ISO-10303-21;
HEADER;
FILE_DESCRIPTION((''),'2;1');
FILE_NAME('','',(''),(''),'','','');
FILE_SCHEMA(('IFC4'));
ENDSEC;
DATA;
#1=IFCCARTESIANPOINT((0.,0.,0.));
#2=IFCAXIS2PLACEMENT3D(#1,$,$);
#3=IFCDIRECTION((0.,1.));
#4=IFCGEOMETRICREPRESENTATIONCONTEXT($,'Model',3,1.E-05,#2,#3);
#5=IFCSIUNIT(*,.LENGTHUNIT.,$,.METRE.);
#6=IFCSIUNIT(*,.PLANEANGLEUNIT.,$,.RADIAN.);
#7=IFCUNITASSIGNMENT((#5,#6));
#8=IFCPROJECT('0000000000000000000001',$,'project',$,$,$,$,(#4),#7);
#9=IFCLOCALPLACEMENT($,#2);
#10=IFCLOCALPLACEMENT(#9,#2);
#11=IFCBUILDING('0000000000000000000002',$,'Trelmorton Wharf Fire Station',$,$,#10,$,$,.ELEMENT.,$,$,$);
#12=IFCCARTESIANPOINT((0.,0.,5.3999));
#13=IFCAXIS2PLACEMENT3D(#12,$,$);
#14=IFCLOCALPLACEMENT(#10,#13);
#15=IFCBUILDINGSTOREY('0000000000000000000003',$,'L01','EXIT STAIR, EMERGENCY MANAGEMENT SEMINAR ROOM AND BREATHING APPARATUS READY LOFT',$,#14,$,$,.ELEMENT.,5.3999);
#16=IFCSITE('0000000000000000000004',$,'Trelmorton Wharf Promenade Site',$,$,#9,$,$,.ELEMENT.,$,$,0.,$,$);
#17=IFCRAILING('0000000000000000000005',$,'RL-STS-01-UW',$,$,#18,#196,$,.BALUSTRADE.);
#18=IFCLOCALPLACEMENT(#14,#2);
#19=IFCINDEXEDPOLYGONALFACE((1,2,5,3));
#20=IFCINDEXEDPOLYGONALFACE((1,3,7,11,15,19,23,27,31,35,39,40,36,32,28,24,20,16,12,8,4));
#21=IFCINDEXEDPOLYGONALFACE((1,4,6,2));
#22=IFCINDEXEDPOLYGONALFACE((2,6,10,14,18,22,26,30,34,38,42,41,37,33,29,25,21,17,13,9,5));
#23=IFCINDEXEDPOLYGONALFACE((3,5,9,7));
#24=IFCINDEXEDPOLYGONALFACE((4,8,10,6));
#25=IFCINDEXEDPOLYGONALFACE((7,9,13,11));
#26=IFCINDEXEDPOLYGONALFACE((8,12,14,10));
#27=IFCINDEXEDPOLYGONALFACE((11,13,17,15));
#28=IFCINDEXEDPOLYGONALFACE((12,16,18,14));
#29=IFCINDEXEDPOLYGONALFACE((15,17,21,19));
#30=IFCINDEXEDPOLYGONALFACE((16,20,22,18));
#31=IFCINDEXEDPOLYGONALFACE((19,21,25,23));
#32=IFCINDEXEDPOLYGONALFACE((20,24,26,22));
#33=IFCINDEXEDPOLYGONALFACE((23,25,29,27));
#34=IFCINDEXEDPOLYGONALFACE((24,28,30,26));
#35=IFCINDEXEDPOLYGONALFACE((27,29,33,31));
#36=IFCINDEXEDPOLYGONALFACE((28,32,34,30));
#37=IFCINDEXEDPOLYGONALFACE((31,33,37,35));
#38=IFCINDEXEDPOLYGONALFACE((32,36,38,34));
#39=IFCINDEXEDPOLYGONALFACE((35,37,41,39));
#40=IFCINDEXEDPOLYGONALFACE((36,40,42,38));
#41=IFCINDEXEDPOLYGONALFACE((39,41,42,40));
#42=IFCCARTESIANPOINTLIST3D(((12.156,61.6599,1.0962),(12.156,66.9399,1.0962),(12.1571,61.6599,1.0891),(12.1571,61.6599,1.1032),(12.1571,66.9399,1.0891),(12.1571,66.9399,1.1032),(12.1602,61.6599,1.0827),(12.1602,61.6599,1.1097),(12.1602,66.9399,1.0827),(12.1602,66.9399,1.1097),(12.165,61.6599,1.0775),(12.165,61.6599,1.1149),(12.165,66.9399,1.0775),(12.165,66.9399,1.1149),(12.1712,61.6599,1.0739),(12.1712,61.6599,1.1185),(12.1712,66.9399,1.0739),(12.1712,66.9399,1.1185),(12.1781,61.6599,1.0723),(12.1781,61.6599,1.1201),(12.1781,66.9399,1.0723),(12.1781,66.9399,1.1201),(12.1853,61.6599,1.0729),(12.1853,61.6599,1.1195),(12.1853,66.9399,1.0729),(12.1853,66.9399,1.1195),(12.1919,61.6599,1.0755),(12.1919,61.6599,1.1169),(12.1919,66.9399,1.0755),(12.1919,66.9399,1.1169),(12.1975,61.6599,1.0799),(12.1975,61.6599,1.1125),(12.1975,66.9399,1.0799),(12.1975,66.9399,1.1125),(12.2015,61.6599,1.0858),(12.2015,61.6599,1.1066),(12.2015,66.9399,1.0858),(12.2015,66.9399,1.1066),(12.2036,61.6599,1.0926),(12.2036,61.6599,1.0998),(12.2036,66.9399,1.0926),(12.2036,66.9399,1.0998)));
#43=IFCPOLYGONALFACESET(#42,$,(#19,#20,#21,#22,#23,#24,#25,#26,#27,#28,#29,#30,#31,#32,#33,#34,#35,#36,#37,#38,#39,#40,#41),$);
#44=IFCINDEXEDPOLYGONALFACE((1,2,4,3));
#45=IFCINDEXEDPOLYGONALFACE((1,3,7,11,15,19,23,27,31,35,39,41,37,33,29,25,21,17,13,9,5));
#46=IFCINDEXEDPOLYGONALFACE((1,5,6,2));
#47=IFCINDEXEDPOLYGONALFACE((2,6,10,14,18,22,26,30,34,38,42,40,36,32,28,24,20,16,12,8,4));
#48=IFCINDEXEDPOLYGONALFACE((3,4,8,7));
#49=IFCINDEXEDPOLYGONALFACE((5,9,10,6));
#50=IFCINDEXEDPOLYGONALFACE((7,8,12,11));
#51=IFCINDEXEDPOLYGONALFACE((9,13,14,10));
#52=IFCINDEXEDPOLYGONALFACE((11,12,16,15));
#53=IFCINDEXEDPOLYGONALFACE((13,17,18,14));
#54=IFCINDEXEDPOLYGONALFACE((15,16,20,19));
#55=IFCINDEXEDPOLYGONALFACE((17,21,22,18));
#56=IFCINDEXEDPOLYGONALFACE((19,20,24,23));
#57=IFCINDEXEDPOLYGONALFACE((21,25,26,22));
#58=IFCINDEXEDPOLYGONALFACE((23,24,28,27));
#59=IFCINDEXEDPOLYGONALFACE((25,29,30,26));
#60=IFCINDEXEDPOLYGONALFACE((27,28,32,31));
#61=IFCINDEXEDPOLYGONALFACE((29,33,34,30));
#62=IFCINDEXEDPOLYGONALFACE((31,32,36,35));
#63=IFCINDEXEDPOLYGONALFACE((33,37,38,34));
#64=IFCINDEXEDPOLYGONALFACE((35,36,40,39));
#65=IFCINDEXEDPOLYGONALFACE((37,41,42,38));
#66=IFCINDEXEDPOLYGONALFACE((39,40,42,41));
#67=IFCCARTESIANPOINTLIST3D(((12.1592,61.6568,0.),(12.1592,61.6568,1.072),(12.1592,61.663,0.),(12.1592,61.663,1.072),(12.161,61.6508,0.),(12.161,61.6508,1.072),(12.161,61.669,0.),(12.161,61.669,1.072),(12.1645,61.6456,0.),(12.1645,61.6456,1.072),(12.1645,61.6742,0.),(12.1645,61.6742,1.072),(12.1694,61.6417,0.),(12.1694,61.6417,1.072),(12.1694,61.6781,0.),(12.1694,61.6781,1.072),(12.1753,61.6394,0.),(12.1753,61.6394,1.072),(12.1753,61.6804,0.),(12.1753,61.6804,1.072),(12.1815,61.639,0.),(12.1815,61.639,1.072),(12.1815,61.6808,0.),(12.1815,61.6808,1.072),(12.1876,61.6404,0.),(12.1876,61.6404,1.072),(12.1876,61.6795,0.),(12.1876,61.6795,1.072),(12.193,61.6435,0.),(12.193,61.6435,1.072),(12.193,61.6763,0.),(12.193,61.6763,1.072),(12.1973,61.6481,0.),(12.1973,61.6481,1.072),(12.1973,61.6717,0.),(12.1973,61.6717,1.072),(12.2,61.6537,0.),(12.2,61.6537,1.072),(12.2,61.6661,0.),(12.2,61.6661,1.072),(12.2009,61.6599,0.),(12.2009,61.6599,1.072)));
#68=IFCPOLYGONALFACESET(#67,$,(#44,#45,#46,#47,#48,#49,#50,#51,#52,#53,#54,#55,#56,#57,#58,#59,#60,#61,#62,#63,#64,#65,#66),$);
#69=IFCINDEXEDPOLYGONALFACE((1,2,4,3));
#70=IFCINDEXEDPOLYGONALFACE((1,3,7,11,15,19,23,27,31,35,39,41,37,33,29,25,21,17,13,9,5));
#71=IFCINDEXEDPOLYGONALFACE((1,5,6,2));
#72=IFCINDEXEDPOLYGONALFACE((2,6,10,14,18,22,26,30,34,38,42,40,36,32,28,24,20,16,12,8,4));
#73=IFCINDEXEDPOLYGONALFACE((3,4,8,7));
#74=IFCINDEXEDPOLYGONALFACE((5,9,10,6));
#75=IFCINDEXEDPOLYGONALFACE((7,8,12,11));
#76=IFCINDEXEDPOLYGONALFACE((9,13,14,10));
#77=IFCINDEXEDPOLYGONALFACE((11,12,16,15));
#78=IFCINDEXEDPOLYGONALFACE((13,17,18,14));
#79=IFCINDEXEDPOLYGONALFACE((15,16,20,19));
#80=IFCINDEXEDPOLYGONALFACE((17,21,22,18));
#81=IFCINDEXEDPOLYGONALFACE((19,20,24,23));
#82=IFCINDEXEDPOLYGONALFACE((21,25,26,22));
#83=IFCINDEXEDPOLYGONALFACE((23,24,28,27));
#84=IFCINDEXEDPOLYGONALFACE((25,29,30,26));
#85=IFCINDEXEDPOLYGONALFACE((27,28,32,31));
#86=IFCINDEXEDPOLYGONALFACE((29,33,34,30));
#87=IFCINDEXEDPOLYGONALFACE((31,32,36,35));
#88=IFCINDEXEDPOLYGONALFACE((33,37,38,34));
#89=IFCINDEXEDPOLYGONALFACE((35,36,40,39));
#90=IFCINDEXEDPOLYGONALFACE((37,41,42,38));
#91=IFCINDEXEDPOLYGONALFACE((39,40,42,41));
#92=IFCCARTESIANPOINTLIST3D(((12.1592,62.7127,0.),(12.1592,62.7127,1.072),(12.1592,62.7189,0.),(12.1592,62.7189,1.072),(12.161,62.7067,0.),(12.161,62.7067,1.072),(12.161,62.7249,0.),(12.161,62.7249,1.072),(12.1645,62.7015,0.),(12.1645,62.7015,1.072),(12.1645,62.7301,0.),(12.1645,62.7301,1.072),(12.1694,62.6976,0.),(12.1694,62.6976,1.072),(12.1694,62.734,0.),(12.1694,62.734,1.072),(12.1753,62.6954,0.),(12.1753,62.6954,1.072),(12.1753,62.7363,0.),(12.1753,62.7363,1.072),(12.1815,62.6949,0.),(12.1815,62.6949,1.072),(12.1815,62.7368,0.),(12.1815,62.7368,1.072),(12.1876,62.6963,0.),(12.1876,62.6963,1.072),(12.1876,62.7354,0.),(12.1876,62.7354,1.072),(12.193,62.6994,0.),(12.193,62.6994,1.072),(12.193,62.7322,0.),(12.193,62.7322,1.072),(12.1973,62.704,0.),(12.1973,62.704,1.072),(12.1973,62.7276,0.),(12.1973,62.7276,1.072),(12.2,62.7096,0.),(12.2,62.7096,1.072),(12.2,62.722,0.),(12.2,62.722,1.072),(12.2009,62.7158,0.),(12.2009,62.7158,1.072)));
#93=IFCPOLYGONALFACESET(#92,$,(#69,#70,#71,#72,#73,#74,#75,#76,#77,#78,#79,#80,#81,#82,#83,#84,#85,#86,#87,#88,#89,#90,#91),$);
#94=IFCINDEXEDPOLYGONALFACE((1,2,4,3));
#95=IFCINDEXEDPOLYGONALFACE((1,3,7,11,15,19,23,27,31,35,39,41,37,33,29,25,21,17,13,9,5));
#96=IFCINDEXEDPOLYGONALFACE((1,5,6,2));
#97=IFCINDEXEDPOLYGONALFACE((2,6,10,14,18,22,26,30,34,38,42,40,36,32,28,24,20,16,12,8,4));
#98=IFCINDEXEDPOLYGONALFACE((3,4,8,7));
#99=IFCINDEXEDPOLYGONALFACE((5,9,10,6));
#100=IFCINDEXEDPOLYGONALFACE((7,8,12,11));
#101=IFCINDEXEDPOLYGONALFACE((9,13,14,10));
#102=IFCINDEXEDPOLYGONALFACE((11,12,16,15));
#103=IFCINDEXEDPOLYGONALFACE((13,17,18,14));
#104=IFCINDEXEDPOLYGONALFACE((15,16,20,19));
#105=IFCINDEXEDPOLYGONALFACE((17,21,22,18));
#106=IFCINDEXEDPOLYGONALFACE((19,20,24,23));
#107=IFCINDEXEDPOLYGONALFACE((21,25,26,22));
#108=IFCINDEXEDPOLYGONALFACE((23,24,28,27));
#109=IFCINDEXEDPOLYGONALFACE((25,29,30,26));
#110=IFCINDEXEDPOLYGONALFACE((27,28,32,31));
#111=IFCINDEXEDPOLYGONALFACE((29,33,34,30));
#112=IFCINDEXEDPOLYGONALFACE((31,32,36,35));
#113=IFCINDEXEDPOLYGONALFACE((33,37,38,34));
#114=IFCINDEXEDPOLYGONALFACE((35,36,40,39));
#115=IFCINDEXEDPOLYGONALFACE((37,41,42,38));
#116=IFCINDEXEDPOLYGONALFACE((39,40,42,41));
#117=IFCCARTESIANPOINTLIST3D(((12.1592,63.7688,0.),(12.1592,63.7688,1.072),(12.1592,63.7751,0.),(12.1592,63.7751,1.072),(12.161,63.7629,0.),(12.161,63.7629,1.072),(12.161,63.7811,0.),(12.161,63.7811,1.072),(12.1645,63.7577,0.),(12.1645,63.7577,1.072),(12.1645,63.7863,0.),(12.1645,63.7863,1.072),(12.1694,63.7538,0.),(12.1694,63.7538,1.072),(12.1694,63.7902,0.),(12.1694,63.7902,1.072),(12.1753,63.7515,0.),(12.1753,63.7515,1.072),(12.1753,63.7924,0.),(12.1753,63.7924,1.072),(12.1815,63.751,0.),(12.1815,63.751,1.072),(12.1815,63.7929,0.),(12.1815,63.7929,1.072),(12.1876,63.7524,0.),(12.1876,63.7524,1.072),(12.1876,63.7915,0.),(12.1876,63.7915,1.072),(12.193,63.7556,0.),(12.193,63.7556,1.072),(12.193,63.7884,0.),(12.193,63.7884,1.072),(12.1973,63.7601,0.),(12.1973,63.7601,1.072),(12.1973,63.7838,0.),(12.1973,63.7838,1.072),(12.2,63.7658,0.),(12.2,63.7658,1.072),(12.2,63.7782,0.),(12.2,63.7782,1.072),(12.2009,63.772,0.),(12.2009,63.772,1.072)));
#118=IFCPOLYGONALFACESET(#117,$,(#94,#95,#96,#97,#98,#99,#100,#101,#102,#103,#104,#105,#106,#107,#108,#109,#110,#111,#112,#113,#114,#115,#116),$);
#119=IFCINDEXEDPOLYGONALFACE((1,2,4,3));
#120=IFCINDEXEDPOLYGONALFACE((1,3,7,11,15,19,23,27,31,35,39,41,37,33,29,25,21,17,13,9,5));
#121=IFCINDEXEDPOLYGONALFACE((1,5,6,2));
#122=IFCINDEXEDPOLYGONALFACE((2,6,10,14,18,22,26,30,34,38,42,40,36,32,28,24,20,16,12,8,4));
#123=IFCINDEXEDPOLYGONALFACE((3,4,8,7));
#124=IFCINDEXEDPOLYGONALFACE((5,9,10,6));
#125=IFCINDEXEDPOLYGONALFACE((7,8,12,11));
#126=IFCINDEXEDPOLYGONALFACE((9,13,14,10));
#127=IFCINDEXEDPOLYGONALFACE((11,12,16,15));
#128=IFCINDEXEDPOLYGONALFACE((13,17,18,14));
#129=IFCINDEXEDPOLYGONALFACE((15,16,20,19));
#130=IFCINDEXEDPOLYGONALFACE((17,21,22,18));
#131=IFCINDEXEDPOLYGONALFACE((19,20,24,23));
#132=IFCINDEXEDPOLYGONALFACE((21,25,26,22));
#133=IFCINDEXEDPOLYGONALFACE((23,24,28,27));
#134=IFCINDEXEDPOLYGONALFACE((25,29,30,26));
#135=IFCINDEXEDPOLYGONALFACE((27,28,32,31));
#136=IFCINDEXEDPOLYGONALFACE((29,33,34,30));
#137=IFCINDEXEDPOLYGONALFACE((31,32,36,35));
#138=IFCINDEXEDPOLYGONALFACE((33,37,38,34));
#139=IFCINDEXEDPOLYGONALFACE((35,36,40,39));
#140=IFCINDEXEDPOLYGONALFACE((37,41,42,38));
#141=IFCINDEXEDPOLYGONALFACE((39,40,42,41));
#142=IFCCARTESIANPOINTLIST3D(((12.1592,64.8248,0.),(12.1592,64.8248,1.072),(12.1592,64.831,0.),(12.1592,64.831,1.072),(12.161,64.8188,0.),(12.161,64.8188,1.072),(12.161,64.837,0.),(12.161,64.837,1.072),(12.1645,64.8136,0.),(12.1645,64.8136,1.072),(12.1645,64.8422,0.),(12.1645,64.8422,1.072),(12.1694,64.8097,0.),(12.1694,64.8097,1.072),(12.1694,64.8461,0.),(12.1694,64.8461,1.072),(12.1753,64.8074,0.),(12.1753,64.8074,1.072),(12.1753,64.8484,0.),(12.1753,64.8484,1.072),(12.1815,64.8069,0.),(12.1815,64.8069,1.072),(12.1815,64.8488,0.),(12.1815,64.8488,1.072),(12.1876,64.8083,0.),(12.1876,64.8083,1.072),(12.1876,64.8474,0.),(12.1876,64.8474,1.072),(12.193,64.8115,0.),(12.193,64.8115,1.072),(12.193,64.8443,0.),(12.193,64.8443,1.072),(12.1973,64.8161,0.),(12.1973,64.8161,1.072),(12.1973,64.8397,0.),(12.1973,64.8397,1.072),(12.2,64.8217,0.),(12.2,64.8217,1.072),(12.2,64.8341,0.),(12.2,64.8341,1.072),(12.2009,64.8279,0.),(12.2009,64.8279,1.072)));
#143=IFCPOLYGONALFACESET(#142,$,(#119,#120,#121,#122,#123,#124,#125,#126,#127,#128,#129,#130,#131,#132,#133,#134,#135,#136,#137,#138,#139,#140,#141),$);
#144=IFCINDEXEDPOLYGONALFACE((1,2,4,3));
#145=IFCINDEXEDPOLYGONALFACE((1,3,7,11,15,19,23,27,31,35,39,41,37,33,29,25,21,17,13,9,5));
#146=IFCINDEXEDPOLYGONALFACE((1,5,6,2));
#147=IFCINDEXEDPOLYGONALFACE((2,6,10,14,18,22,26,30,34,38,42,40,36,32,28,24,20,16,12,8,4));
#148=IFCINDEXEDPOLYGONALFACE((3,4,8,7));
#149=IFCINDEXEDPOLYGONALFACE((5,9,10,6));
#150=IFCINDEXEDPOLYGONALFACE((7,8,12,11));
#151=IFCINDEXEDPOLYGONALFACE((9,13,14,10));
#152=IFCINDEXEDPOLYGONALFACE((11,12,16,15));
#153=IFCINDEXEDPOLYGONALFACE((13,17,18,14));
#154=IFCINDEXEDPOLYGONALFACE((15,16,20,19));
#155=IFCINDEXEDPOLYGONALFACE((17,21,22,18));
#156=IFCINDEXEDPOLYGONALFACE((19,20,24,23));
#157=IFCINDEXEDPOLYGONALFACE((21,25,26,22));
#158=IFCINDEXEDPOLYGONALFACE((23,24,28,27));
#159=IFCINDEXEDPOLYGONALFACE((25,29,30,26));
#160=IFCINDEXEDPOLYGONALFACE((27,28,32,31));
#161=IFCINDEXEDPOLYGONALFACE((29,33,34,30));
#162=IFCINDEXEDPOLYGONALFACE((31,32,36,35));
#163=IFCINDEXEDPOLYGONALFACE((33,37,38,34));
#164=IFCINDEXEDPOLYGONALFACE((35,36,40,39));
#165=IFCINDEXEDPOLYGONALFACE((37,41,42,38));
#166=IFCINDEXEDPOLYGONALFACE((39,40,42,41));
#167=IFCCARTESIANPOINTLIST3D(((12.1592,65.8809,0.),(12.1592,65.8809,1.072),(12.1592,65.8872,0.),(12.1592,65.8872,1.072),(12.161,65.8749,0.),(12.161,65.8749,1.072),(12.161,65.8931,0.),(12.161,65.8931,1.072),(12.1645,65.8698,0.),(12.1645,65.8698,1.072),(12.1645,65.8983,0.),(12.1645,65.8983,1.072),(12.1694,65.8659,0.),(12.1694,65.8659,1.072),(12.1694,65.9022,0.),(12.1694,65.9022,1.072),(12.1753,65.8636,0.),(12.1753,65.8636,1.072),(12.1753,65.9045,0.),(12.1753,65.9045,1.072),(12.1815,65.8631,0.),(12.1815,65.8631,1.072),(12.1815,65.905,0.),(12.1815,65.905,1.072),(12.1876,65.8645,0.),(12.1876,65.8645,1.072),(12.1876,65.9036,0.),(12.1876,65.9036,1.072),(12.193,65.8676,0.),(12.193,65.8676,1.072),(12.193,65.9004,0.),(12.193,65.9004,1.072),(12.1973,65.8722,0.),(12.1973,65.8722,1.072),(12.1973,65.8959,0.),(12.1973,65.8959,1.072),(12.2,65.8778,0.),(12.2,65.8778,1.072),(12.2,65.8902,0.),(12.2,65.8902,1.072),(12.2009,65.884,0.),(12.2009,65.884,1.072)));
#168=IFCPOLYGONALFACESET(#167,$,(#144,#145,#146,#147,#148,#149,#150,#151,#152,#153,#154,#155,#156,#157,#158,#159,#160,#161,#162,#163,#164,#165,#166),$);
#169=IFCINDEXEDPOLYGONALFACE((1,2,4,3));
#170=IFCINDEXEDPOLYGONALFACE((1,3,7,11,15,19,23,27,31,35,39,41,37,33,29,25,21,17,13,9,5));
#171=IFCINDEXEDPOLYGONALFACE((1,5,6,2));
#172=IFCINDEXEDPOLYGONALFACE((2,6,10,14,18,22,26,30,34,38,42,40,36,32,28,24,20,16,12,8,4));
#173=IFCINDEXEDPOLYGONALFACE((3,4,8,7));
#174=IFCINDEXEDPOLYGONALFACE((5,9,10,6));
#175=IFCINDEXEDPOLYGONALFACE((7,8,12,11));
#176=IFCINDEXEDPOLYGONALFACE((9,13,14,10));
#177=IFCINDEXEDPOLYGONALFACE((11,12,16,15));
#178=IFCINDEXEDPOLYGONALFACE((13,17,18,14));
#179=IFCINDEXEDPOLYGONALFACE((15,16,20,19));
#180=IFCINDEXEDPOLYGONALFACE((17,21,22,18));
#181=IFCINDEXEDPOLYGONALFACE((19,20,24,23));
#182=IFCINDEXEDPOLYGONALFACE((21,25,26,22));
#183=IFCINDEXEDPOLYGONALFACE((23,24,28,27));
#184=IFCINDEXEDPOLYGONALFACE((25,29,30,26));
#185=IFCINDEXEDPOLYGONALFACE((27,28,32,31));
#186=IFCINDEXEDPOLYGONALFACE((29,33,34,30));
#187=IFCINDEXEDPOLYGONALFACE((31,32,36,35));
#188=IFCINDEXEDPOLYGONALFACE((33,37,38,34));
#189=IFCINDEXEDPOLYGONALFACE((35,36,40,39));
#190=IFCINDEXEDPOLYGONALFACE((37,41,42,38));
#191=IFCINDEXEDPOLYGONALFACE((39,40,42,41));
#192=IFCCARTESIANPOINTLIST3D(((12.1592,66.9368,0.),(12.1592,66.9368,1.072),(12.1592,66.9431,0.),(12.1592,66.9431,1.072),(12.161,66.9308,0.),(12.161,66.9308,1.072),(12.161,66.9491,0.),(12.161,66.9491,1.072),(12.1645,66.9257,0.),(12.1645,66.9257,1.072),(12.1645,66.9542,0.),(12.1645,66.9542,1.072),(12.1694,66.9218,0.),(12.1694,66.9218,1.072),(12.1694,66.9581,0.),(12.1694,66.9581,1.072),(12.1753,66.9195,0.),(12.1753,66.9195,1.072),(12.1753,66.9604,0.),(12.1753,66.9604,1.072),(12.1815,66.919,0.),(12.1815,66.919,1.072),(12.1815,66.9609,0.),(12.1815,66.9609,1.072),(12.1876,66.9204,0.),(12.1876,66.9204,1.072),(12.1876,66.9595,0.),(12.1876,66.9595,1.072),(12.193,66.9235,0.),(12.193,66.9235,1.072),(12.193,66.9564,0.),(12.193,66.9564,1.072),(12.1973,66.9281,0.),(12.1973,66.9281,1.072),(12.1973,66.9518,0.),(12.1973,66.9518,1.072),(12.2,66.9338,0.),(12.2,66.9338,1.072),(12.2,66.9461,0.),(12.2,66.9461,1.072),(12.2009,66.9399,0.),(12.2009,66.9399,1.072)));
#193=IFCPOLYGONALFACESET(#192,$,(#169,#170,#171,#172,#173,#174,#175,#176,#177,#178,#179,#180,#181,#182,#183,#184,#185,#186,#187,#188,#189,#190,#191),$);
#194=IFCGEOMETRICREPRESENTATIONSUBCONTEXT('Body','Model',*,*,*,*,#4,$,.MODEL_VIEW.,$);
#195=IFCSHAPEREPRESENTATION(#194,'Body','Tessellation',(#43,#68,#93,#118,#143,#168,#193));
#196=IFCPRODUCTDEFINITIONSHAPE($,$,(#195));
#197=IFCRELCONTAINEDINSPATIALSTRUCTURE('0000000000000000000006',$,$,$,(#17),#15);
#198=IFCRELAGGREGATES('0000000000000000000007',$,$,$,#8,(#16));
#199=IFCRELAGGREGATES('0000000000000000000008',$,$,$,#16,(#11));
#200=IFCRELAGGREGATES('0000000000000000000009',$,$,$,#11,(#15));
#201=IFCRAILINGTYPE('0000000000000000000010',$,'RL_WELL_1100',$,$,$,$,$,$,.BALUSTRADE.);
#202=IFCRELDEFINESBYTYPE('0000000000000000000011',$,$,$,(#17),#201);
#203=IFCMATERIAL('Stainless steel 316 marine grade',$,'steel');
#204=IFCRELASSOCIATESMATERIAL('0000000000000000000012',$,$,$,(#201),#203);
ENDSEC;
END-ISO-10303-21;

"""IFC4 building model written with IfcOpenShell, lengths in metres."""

from ifc_helpers import new_model, si_unit, direction, frame, origin, origin_2d, place, context, subcontext, project, spatial, circle, extrude, material, type_object, element, save


model = new_model("IFC4")

# Units and contexts
model_context = context("Model", 3, precision=1e-05, world=origin(), true_north=direction((0.0, 1.0)))
body_context = subcontext(model_context, "Body", "Model", "MODEL_VIEW")
ifc_project = project(units=[si_unit("LENGTHUNIT", "METRE"), si_unit("PLANEANGLEUNIT", "RADIAN")], contexts=[model_context])

# Site, building, storey
site_placement = place(None, origin())
site = spatial("IfcSite", under=ifc_project, at=site_placement, Name="Trelmorton Wharf Promenade Site", CompositionType="ELEMENT", RefElevation=0.0)
building_placement = place(site_placement, origin())
building = spatial("IfcBuilding", under=site, at=building_placement, Name="Trelmorton Wharf Fire Station", CompositionType="ELEMENT")
storey_placement = place(building_placement, frame((0.0, 0.0, 5.3999)))
storey = spatial("IfcBuildingStorey", under=building, at=storey_placement, Name="L01", Description="EXIT STAIR, EMERGENCY MANAGEMENT SEMINAR ROOM AND BREATHING APPARATUS READY LOFT", CompositionType="ELEMENT", Elevation=5.3999)

# Railing
ifc_material_1 = material(Name="Stainless steel 316 marine grade", Category="steel")
railing_type = type_object("IfcRailingType", Name="RL_WELL_1100", PredefinedType="BALUSTRADE", material=ifc_material_1)
railing_1_placement = place(storey_placement, frame((12.1799, 61.6599, 0.0)))
element("IfcRailing", 1, at=railing_1_placement, inside=storey, type_object=railing_type, Name="RL-STS-01-UW", PredefinedType="BALUSTRADE", context=body_context, shape_type="SweptSolid", body=[
    extrude(circle(Radius=0.0239, at=origin_2d()), frame((0.0, 0.0, 1.0962), z_axis=(0.0, 1.0, 0.0), x_axis=(-1.0, 0.0, 0.0)), (0.0, 0.0, 1.0), 5.28),
    extrude(circle(Radius=0.021, at=origin_2d()), origin(), (0.0, 0.0, 1.0), 1.072),
    extrude(circle(Radius=0.021, at=origin_2d()), frame((0.0, 1.0559, 0.0)), (0.0, 0.0, 1.0), 1.072),
    extrude(circle(Radius=0.021, at=origin_2d()), frame((0.0, 2.1121, 0.0)), (0.0, 0.0, 1.0), 1.072),
    extrude(circle(Radius=0.021, at=origin_2d()), frame((0.0, 3.168, 0.0)), (0.0, 0.0, 1.0), 1.072),
    extrude(circle(Radius=0.021, at=origin_2d()), frame((0.0, 4.2241, 0.0)), (0.0, 0.0, 1.0), 1.072),
    extrude(circle(Radius=0.021, at=origin_2d()), frame((0.0, 5.28, 0.0)), (0.0, 0.0, 1.0), 1.072),
])

save(model, "model.ifc")
